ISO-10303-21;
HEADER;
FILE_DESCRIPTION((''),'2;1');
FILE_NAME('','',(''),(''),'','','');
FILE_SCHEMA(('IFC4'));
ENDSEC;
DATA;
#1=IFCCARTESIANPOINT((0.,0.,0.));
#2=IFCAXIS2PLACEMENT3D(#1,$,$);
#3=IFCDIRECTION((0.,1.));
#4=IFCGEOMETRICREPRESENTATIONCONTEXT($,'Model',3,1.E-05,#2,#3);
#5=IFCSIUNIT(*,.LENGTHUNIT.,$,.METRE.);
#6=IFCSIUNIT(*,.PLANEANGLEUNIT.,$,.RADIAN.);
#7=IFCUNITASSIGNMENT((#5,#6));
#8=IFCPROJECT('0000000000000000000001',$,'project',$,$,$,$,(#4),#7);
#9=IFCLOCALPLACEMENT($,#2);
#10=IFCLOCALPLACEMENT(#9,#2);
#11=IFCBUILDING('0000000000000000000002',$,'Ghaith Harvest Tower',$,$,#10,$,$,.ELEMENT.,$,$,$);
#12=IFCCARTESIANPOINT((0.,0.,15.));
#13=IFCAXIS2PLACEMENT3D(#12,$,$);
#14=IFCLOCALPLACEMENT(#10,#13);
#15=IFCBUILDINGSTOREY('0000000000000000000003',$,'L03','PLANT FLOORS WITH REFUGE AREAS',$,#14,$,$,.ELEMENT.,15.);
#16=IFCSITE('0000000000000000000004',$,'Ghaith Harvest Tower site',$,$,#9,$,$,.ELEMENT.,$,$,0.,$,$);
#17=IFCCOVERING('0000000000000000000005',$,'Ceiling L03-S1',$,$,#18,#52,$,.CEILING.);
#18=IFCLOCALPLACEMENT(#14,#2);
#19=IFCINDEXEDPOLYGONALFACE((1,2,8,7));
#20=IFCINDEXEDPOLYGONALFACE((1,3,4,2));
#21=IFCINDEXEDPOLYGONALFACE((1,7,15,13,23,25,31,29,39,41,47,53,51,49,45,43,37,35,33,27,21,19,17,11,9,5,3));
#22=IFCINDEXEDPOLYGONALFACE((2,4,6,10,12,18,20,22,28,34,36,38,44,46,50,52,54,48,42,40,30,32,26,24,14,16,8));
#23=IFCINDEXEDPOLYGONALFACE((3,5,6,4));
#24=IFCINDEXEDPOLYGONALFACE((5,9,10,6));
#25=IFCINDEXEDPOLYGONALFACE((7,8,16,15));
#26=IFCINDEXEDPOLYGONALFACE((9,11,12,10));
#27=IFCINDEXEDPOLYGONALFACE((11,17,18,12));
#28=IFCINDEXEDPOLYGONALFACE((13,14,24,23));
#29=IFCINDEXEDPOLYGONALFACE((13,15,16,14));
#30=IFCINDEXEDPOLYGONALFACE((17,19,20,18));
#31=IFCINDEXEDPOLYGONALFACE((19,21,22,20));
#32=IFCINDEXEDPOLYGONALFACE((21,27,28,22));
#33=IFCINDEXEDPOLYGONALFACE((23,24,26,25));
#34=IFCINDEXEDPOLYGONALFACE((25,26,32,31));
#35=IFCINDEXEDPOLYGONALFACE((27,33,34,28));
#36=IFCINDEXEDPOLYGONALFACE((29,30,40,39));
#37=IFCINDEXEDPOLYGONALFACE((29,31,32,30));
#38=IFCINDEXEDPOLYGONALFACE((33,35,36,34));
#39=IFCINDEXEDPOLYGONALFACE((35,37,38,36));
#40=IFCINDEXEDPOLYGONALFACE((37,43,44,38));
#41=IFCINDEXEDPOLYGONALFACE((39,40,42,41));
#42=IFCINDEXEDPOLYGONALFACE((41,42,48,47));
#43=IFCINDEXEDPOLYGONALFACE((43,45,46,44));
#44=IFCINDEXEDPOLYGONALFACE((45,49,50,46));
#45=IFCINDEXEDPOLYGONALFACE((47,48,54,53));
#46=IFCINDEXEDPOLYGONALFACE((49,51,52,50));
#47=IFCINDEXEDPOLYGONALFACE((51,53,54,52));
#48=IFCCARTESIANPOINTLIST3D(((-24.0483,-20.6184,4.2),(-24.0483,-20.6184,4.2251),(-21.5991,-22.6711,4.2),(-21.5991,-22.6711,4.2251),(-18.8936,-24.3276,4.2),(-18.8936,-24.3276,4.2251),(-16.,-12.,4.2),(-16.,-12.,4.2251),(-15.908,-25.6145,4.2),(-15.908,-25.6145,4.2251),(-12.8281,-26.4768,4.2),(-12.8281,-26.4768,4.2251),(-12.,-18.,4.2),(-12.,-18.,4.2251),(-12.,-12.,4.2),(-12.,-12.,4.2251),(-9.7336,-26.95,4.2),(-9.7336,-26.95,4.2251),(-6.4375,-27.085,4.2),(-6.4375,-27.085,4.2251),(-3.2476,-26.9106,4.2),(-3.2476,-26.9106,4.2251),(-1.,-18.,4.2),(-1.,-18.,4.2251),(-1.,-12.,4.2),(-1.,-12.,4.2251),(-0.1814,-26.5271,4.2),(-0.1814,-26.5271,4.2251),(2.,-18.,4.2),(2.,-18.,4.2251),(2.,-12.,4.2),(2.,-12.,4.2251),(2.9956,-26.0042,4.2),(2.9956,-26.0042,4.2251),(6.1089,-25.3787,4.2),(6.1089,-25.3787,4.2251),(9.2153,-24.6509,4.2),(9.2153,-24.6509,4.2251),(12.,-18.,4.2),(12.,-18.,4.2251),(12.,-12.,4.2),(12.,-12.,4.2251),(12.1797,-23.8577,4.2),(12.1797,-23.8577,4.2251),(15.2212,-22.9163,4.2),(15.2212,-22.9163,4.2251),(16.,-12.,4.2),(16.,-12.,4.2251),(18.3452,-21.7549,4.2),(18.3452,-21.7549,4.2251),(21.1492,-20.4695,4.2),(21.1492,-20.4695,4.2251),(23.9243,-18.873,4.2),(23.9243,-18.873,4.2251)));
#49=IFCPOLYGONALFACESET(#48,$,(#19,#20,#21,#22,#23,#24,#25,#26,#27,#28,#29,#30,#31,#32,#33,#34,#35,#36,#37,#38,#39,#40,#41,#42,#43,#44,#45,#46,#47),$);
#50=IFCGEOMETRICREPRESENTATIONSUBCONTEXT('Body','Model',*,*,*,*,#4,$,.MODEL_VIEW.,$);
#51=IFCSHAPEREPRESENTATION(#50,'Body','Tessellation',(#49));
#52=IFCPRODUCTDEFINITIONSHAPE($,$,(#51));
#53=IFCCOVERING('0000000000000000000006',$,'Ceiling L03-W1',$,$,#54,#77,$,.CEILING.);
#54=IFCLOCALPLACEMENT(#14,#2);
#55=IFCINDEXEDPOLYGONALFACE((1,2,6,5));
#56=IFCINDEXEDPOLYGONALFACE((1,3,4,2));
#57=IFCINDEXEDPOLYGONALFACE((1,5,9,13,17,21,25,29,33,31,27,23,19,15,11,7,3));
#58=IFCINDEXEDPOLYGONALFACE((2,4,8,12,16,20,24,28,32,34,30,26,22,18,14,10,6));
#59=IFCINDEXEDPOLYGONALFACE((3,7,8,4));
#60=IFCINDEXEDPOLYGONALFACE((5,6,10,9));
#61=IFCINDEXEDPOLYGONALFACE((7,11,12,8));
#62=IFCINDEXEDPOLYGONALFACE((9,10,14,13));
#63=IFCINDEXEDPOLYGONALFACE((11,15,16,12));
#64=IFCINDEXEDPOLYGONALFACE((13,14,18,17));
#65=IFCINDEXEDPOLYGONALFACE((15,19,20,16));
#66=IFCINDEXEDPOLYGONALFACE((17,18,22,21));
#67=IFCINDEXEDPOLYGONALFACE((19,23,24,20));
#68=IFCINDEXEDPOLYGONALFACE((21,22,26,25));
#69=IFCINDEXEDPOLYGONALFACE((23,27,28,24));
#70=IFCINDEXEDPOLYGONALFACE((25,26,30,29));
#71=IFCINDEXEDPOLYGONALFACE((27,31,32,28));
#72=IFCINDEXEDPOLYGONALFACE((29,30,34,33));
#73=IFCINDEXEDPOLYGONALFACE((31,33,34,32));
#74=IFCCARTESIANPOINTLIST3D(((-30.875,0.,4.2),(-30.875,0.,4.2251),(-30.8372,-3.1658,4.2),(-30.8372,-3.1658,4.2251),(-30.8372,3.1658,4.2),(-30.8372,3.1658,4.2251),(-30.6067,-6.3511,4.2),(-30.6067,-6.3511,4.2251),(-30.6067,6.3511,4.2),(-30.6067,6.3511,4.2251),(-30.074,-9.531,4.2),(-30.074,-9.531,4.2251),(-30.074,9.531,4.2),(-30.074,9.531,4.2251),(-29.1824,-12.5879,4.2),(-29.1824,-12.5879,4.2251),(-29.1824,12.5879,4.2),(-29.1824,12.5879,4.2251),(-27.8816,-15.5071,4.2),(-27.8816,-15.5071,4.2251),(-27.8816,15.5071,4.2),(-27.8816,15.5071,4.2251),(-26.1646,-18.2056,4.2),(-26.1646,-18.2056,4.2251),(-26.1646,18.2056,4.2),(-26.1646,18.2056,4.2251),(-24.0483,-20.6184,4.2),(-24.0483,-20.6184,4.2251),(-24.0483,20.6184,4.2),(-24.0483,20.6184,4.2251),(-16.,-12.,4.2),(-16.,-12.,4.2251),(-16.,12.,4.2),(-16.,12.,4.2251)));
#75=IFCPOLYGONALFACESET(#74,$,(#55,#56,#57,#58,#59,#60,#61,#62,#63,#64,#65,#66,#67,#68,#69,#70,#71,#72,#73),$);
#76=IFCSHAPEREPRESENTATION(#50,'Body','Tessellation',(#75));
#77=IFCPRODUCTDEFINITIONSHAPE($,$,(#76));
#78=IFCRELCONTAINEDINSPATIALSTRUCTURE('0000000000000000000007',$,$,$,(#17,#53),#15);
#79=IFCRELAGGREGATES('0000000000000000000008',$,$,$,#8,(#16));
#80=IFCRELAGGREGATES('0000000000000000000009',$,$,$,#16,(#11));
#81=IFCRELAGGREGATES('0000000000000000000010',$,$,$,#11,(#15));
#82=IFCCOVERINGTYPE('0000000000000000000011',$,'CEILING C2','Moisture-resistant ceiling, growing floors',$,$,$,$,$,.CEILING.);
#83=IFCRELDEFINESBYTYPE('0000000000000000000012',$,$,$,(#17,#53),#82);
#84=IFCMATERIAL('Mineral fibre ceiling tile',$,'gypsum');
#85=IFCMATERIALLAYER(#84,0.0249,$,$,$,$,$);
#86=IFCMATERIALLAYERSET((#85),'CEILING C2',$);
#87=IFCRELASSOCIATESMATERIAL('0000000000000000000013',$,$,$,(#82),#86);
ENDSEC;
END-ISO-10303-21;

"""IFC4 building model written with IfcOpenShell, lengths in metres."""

from ifc_helpers import new_model, si_unit, direction, frame, origin, place, context, subcontext, project, spatial, polyline, outline, extrude, material, layer, layer_set, type_object, element, save


model = new_model("IFC4")

# Units and contexts
model_context = context("Model", 3, precision=1e-05, world=origin(), true_north=direction((0.0, 1.0)))
body_context = subcontext(model_context, "Body", "Model", "MODEL_VIEW")
ifc_project = project(units=[si_unit("LENGTHUNIT", "METRE"), si_unit("PLANEANGLEUNIT", "RADIAN")], contexts=[model_context])

# Site, building, storey
site_placement = place(None, origin())
site = spatial("IfcSite", under=ifc_project, at=site_placement, Name="Ghaith Harvest Tower site", CompositionType="ELEMENT", RefElevation=0.0)
building_placement = place(site_placement, origin())
building = spatial("IfcBuilding", under=site, at=building_placement, Name="Ghaith Harvest Tower", CompositionType="ELEMENT")
storey_placement = place(building_placement, frame((0.0, 0.0, 15.0)))
storey = spatial("IfcBuildingStorey", under=building, at=storey_placement, Name="L03", Description="PLANT FLOORS WITH REFUGE AREAS", CompositionType="ELEMENT", Elevation=15.0)

# Coverings
ifc_material_1 = material(Name="Mineral fibre ceiling tile", Category="gypsum")
ifc_layer_1 = layer(ifc_material_1, 0.0249)
ifc_layer_set_1 = layer_set([ifc_layer_1], Name="CEILING C2")
covering_type = type_object("IfcCoveringType", Name="CEILING C2", Description="Moisture-resistant ceiling, growing floors", PredefinedType="CEILING", material=ifc_layer_set_1)
covering_1_placement = place(storey_placement, frame((0.0, 0.0, 4.2)))
element("IfcCovering", 1, at=covering_1_placement, inside=storey, type_object=covering_type, Name="Ceiling L03-S1", PredefinedType="CEILING", context=body_context, shape_type="SweptSolid", body=[
    extrude(outline(polyline([(21.1492, -20.4695), (18.3452, -21.7549), (15.2212, -22.9163), (12.1797, -23.8577), (9.2153, -24.6509), (6.1089, -25.3787), (2.9956, -26.0042), (-0.1814, -26.5271), (-3.2476, -26.9106), (-6.4375, -27.085), (-9.7336, -26.95), (-12.8281, -26.4768), (-15.908, -25.6145), (-18.8936, -24.3276), (-21.5991, -22.6711), (-24.0483, -20.6184), (-16.0, -12.0), (-12.0, -12.0), (-12.0, -18.0), (-1.0, -18.0), (-1.0, -12.0), (2.0, -12.0), (2.0, -18.0), (12.0, -18.0), (12.0, -12.0), (16.0, -12.0), (23.9243, -18.873), (21.1492, -20.4695)])), origin(), (0.0, 0.0, 1.0), 0.0251),
])
covering_2_placement = place(storey_placement, frame((0.0, 0.0, 4.2)))
element("IfcCovering", 2, at=covering_2_placement, inside=storey, type_object=covering_type, Name="Ceiling L03-W1", PredefinedType="CEILING", context=body_context, shape_type="SweptSolid", body=[
    extrude(outline(polyline([(-26.1646, -18.2056), (-27.8816, -15.5071), (-29.1824, -12.5879), (-30.074, -9.531), (-30.6067, -6.3511), (-30.8372, -3.1658), (-30.875, 0.0), (-30.8372, 3.1658), (-30.6067, 6.3511), (-30.074, 9.531), (-29.1824, 12.5879), (-27.8816, 15.5071), (-26.1646, 18.2056), (-24.0483, 20.6184), (-16.0, 12.0), (-16.0, -12.0), (-24.0483, -20.6184), (-26.1646, -18.2056)])), origin(), (0.0, 0.0, 1.0), 0.0251),
])

save(model, "model.ifc")
